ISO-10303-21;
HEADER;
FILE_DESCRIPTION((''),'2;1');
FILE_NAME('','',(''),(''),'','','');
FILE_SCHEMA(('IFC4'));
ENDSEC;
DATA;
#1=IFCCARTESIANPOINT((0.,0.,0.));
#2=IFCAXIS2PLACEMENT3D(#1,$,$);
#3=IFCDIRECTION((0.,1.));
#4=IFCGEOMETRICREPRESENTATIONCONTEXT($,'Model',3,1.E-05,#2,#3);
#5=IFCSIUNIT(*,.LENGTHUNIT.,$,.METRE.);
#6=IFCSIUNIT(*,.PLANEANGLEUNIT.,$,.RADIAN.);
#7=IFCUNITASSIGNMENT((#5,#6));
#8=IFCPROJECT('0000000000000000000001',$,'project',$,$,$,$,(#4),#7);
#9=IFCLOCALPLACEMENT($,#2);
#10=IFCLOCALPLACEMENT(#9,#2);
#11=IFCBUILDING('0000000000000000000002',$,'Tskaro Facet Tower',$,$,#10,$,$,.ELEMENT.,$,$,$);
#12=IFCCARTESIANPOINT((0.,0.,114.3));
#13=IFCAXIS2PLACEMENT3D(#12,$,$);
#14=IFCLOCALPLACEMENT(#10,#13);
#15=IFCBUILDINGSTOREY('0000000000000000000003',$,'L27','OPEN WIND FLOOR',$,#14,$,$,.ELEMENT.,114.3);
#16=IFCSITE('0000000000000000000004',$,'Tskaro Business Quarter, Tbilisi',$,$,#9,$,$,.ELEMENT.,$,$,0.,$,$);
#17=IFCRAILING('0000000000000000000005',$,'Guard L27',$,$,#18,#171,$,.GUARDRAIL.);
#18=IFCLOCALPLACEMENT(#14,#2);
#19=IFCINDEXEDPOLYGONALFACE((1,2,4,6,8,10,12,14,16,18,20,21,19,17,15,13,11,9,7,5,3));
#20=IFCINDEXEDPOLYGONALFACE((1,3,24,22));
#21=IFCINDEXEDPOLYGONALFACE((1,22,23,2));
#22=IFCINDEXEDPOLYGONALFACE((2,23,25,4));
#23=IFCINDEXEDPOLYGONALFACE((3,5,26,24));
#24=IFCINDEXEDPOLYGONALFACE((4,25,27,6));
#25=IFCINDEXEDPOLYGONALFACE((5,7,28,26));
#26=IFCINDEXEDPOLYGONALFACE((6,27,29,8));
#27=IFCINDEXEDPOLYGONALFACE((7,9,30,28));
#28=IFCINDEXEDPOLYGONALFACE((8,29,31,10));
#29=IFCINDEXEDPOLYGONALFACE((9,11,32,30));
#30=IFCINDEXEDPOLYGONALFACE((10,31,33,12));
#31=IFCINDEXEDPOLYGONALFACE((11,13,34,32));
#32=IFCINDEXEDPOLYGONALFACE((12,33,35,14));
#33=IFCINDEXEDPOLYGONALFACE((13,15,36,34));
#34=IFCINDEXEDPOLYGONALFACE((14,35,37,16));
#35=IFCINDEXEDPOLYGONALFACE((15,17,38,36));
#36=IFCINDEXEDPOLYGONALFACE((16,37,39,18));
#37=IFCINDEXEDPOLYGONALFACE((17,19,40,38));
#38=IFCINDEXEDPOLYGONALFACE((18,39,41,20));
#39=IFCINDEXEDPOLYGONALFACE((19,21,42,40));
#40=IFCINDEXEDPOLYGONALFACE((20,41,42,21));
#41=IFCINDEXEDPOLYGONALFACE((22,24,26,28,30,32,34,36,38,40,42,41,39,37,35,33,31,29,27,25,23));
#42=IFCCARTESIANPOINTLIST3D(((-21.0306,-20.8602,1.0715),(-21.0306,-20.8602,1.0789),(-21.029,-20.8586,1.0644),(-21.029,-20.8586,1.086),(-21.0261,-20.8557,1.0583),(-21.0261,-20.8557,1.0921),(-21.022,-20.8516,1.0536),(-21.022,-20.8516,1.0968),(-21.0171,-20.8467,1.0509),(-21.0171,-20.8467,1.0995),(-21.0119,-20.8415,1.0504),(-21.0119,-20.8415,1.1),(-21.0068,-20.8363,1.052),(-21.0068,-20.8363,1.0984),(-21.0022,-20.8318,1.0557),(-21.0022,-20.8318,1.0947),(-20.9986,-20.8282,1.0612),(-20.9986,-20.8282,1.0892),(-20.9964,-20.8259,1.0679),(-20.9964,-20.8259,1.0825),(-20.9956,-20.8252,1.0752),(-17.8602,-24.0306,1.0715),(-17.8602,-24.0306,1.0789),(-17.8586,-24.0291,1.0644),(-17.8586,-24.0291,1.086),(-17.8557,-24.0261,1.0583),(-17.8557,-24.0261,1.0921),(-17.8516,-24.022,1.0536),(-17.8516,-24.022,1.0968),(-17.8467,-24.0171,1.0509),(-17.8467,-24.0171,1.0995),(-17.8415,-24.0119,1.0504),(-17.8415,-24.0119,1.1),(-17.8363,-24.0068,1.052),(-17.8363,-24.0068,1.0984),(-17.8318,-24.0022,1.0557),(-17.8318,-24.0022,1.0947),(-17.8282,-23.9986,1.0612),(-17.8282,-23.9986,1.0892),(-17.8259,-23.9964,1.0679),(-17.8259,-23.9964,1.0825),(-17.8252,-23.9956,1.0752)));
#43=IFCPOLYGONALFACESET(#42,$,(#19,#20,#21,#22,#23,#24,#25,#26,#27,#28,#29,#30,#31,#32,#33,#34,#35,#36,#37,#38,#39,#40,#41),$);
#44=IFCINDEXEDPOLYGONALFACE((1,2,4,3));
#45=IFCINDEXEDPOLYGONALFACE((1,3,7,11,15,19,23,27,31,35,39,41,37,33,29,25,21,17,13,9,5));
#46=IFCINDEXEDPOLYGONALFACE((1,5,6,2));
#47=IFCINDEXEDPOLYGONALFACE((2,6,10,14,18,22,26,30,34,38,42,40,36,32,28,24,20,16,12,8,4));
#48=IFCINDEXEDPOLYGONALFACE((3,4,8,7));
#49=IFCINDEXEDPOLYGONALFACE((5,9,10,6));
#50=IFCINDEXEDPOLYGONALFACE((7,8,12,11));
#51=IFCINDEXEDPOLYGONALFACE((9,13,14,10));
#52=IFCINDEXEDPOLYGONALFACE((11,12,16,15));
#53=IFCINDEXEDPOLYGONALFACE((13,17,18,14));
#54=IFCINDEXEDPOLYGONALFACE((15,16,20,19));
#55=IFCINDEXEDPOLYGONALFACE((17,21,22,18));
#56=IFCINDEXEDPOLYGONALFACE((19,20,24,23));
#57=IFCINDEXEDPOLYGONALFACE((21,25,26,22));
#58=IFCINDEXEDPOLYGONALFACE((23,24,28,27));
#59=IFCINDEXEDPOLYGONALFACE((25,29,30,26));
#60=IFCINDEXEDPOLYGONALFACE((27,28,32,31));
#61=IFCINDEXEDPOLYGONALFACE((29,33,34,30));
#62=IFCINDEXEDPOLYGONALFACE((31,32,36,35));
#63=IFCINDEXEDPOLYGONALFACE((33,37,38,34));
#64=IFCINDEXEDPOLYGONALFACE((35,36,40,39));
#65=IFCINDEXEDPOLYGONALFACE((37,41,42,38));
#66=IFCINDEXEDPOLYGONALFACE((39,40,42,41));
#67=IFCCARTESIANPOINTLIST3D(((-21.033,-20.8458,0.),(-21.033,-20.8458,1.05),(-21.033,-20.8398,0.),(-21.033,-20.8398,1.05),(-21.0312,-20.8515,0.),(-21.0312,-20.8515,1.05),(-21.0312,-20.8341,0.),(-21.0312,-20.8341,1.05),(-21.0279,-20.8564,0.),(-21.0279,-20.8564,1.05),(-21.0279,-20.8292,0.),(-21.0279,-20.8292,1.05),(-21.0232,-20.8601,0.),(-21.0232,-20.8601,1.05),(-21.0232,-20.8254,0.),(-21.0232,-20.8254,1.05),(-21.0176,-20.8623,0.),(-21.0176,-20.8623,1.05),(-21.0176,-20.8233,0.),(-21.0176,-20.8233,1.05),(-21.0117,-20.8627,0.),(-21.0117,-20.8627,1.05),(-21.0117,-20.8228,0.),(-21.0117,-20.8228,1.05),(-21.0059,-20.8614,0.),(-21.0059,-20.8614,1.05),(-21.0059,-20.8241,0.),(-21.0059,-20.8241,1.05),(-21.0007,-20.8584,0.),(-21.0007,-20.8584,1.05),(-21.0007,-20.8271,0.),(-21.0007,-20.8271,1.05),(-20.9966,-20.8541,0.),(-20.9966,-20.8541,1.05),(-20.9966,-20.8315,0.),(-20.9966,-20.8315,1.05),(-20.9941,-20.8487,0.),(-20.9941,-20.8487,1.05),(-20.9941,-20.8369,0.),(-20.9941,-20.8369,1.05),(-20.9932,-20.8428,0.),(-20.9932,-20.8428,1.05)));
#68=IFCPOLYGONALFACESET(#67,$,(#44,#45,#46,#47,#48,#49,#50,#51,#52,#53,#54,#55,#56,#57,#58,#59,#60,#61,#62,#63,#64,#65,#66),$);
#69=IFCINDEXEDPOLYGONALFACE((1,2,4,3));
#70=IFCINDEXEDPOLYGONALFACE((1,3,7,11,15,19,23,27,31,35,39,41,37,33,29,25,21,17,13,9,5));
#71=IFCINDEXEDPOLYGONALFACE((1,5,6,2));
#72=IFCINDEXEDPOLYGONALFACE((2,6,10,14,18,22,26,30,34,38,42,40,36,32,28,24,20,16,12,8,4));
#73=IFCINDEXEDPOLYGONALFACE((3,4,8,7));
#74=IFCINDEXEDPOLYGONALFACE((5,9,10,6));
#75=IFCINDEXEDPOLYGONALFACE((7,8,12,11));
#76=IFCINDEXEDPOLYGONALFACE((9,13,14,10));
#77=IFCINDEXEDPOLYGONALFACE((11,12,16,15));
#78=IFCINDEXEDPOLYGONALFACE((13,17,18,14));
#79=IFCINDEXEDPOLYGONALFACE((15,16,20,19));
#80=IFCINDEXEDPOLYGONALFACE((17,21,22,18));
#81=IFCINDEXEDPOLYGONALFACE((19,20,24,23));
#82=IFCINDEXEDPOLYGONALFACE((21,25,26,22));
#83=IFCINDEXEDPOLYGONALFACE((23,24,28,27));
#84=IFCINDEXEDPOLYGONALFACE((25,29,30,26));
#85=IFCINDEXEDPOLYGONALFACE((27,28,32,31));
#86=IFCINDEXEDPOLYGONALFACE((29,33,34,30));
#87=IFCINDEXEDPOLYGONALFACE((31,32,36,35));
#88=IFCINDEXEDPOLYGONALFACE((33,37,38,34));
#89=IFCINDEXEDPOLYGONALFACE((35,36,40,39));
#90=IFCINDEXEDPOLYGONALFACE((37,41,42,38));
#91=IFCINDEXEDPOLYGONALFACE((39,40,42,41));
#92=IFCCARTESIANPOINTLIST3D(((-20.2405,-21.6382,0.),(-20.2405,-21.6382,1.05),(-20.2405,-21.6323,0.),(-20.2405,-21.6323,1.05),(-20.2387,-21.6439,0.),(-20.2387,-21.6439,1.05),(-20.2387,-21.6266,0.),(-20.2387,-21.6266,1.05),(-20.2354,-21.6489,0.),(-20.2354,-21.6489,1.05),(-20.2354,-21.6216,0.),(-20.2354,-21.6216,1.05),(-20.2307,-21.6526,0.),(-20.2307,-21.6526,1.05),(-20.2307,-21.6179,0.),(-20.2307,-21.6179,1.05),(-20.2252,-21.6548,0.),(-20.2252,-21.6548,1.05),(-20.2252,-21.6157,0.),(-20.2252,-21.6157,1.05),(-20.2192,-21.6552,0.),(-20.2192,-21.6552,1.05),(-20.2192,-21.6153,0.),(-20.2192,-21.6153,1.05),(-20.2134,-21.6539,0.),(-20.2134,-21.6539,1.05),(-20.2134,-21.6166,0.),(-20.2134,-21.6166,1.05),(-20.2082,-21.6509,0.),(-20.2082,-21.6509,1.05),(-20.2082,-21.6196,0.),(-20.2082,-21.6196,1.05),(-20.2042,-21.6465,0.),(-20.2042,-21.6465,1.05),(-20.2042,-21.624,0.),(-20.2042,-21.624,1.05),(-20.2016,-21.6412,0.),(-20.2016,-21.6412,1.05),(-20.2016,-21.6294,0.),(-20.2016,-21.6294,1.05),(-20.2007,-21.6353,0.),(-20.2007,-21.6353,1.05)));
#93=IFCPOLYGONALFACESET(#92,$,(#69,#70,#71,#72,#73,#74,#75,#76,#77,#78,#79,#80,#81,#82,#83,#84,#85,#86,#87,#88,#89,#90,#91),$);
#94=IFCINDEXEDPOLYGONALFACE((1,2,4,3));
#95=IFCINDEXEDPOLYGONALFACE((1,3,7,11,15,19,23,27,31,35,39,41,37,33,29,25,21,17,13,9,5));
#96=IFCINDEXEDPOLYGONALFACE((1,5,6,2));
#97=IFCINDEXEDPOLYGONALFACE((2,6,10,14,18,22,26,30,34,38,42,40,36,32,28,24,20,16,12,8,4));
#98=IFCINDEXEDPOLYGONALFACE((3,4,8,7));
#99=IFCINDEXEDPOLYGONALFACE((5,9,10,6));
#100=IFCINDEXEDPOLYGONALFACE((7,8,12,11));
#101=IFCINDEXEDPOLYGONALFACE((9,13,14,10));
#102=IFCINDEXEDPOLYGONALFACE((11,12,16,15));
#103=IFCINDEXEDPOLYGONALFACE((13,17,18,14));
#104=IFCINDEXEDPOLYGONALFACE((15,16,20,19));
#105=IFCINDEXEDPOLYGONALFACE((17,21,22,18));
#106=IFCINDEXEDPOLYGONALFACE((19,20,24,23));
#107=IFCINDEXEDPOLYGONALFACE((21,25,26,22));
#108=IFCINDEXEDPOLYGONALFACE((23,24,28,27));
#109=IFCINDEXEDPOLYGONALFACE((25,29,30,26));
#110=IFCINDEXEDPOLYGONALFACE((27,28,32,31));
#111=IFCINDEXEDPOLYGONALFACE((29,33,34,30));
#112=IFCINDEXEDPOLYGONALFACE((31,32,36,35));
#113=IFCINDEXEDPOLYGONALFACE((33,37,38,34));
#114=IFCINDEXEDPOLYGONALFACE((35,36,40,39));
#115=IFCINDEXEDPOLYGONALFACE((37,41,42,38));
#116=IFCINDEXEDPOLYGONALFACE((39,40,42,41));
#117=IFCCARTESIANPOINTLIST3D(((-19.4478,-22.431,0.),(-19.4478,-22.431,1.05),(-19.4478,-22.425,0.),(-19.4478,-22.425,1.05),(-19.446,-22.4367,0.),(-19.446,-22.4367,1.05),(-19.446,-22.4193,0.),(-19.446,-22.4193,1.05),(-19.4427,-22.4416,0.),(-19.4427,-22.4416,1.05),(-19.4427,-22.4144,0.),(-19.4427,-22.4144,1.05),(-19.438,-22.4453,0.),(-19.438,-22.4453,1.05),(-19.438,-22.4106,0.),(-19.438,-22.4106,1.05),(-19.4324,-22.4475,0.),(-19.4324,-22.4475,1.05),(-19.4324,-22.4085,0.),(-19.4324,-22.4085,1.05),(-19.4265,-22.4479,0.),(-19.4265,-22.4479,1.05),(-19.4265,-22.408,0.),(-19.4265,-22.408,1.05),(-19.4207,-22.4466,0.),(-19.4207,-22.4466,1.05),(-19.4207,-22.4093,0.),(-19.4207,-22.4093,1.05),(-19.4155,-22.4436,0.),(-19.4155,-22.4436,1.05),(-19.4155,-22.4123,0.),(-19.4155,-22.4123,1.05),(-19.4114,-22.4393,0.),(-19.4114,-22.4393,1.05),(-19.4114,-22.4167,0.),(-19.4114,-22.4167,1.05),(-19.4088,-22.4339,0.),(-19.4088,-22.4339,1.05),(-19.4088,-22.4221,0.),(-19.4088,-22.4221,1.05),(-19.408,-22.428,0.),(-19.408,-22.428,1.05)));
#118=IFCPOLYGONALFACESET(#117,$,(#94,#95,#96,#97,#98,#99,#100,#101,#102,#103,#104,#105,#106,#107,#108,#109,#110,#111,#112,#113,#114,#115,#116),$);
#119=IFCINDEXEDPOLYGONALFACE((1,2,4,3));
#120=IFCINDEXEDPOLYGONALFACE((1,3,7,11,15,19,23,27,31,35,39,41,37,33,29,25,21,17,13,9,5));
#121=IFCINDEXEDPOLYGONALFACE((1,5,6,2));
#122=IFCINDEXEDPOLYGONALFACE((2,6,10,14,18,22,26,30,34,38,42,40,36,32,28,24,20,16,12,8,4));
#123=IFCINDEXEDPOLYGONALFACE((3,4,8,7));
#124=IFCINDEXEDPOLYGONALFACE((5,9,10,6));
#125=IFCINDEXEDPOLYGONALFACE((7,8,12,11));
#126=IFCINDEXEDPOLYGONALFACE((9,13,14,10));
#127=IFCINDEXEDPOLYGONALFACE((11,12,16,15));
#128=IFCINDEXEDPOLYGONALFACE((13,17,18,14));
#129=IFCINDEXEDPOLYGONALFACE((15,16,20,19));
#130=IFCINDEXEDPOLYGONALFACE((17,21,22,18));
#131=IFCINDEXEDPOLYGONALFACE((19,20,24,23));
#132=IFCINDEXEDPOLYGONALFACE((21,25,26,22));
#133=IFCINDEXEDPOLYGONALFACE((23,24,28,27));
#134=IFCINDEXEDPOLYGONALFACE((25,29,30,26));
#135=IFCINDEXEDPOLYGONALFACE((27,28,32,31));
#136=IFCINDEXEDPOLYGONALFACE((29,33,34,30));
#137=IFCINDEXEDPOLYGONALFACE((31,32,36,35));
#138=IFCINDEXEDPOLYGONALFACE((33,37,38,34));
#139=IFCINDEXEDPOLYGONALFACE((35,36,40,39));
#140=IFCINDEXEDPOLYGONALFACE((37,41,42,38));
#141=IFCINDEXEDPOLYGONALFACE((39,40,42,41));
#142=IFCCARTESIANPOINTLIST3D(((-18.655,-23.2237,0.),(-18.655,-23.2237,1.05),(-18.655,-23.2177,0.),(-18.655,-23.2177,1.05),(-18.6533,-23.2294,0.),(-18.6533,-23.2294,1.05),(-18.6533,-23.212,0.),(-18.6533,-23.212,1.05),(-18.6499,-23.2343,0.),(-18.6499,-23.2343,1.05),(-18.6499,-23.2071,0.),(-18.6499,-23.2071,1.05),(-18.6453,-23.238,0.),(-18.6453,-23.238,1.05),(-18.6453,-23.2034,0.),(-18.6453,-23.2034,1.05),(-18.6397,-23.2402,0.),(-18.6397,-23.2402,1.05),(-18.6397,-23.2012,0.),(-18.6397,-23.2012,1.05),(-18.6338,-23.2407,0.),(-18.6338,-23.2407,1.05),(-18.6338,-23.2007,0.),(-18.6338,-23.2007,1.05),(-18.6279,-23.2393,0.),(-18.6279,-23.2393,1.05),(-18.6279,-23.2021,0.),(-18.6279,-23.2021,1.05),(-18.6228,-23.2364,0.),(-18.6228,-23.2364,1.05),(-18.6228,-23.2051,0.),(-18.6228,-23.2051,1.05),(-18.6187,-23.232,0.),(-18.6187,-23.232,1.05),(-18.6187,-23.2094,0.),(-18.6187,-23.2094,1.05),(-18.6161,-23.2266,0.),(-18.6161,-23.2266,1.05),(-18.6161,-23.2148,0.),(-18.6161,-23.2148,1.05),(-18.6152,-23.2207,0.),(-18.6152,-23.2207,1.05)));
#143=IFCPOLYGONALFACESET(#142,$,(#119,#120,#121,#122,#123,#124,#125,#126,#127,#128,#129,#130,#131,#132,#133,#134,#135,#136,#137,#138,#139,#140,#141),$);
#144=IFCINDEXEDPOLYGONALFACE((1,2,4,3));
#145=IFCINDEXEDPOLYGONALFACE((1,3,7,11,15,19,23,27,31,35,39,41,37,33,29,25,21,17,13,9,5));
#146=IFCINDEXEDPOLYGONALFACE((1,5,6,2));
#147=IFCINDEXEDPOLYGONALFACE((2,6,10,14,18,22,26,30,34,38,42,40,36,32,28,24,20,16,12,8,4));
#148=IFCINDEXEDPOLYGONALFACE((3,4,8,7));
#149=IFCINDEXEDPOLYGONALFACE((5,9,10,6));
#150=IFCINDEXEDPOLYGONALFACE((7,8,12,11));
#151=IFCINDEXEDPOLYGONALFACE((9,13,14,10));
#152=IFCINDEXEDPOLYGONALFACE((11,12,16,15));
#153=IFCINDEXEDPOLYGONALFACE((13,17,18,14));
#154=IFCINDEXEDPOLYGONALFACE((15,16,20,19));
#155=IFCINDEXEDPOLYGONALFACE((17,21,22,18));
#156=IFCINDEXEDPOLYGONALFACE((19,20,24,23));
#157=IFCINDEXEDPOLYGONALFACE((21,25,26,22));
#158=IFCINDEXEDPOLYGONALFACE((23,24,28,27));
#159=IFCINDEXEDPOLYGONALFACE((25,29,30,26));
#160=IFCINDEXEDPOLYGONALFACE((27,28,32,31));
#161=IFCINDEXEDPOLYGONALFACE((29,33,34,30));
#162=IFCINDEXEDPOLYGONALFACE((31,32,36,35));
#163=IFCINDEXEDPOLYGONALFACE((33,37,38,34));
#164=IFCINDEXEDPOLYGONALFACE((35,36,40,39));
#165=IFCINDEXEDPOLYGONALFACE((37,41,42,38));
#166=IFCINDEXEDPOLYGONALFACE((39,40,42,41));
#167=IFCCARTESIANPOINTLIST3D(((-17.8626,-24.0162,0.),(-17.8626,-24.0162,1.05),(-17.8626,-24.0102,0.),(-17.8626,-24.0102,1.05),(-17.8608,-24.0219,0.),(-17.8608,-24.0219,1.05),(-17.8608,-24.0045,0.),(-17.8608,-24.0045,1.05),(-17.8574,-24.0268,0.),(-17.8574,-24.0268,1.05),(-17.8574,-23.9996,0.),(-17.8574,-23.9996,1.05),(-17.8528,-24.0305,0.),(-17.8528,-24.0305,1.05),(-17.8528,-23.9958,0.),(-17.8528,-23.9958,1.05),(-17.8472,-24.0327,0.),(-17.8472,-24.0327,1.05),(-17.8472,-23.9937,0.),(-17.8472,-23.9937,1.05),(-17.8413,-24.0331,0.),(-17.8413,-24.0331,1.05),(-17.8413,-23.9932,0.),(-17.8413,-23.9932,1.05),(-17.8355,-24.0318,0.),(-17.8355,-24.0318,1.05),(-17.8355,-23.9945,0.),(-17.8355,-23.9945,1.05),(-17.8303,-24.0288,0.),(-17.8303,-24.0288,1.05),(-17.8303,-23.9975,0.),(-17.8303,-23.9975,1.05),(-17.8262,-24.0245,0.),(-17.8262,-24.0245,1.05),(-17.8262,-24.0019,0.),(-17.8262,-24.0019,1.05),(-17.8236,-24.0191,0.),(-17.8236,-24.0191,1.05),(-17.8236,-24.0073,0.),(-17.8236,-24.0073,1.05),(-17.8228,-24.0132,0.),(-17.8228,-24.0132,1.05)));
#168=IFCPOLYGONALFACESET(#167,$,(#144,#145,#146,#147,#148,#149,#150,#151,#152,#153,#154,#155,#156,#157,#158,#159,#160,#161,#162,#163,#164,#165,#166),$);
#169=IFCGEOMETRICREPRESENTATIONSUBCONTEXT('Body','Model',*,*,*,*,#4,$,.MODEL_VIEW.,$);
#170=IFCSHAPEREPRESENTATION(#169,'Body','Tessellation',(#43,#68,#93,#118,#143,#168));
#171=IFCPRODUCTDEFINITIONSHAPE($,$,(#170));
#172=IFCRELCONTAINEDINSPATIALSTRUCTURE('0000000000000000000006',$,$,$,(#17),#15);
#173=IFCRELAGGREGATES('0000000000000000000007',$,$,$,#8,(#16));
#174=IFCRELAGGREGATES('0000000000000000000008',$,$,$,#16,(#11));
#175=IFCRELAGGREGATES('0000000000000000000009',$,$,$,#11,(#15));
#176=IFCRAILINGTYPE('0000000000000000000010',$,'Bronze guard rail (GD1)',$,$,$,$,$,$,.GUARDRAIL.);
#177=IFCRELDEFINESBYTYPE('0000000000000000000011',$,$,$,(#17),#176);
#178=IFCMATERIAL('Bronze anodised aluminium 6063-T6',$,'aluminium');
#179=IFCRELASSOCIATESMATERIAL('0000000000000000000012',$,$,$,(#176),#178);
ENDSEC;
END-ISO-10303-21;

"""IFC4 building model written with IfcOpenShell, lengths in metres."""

from ifc_helpers import new_model, si_unit, direction, frame, origin, origin_2d, place, context, subcontext, project, spatial, circle, extrude, material, type_object, element, save


model = new_model("IFC4")

# Units and contexts
model_context = context("Model", 3, precision=1e-05, world=origin(), true_north=direction((0.0, 1.0)))
body_context = subcontext(model_context, "Body", "Model", "MODEL_VIEW")
ifc_project = project(units=[si_unit("LENGTHUNIT", "METRE"), si_unit("PLANEANGLEUNIT", "RADIAN")], contexts=[model_context])

# Site, building, storey
site_placement = place(None, origin())
site = spatial("IfcSite", under=ifc_project, at=site_placement, Name="Tskaro Business Quarter, Tbilisi", CompositionType="ELEMENT", RefElevation=0.0)
building_placement = place(site_placement, origin())
building = spatial("IfcBuilding", under=site, at=building_placement, Name="Tskaro Facet Tower", CompositionType="ELEMENT")
storey_placement = place(building_placement, frame((0.0, 0.0, 114.3)))
storey = spatial("IfcBuildingStorey", under=building, at=storey_placement, Name="L27", Description="OPEN WIND FLOOR", CompositionType="ELEMENT", Elevation=114.3)

# Railing
ifc_material_1 = material(Name="Bronze anodised aluminium 6063-T6", Category="aluminium")
railing_type = type_object("IfcRailingType", Name="Bronze guard rail (GD1)", PredefinedType="GUARDRAIL", material=ifc_material_1)
railing_1_placement = place(storey_placement, frame((-21.0132, -20.8428, 0.0)))
element("IfcRailing", 1, at=railing_1_placement, inside=storey, type_object=railing_type, Name="Guard L27", PredefinedType="GUARDRAIL", context=body_context, shape_type="SweptSolid", body=[
    extrude(circle(Radius=0.0249, at=origin_2d()), frame((0.0, 0.0, 1.0752), z_axis=(0.707107, -0.707107, 0.0), x_axis=(0.707107, 0.707107, 0.0)), (0.0, 0.0, 1.0), 4.4836),
    extrude(circle(Radius=0.02, at=origin_2d()), origin(), (0.0, 0.0, 1.0), 1.05),
    extrude(circle(Radius=0.02, at=origin_2d()), frame((0.7925, -0.7925, 0.0)), (0.0, 0.0, 1.0), 1.05),
    extrude(circle(Radius=0.02, at=origin_2d()), frame((1.5852, -1.5852, 0.0)), (0.0, 0.0, 1.0), 1.05),
    extrude(circle(Radius=0.02, at=origin_2d()), frame((2.3779, -2.3779, 0.0)), (0.0, 0.0, 1.0), 1.05),
    extrude(circle(Radius=0.02, at=origin_2d()), frame((3.1704, -3.1704, 0.0)), (0.0, 0.0, 1.0), 1.05),
])

save(model, "model.ifc")
